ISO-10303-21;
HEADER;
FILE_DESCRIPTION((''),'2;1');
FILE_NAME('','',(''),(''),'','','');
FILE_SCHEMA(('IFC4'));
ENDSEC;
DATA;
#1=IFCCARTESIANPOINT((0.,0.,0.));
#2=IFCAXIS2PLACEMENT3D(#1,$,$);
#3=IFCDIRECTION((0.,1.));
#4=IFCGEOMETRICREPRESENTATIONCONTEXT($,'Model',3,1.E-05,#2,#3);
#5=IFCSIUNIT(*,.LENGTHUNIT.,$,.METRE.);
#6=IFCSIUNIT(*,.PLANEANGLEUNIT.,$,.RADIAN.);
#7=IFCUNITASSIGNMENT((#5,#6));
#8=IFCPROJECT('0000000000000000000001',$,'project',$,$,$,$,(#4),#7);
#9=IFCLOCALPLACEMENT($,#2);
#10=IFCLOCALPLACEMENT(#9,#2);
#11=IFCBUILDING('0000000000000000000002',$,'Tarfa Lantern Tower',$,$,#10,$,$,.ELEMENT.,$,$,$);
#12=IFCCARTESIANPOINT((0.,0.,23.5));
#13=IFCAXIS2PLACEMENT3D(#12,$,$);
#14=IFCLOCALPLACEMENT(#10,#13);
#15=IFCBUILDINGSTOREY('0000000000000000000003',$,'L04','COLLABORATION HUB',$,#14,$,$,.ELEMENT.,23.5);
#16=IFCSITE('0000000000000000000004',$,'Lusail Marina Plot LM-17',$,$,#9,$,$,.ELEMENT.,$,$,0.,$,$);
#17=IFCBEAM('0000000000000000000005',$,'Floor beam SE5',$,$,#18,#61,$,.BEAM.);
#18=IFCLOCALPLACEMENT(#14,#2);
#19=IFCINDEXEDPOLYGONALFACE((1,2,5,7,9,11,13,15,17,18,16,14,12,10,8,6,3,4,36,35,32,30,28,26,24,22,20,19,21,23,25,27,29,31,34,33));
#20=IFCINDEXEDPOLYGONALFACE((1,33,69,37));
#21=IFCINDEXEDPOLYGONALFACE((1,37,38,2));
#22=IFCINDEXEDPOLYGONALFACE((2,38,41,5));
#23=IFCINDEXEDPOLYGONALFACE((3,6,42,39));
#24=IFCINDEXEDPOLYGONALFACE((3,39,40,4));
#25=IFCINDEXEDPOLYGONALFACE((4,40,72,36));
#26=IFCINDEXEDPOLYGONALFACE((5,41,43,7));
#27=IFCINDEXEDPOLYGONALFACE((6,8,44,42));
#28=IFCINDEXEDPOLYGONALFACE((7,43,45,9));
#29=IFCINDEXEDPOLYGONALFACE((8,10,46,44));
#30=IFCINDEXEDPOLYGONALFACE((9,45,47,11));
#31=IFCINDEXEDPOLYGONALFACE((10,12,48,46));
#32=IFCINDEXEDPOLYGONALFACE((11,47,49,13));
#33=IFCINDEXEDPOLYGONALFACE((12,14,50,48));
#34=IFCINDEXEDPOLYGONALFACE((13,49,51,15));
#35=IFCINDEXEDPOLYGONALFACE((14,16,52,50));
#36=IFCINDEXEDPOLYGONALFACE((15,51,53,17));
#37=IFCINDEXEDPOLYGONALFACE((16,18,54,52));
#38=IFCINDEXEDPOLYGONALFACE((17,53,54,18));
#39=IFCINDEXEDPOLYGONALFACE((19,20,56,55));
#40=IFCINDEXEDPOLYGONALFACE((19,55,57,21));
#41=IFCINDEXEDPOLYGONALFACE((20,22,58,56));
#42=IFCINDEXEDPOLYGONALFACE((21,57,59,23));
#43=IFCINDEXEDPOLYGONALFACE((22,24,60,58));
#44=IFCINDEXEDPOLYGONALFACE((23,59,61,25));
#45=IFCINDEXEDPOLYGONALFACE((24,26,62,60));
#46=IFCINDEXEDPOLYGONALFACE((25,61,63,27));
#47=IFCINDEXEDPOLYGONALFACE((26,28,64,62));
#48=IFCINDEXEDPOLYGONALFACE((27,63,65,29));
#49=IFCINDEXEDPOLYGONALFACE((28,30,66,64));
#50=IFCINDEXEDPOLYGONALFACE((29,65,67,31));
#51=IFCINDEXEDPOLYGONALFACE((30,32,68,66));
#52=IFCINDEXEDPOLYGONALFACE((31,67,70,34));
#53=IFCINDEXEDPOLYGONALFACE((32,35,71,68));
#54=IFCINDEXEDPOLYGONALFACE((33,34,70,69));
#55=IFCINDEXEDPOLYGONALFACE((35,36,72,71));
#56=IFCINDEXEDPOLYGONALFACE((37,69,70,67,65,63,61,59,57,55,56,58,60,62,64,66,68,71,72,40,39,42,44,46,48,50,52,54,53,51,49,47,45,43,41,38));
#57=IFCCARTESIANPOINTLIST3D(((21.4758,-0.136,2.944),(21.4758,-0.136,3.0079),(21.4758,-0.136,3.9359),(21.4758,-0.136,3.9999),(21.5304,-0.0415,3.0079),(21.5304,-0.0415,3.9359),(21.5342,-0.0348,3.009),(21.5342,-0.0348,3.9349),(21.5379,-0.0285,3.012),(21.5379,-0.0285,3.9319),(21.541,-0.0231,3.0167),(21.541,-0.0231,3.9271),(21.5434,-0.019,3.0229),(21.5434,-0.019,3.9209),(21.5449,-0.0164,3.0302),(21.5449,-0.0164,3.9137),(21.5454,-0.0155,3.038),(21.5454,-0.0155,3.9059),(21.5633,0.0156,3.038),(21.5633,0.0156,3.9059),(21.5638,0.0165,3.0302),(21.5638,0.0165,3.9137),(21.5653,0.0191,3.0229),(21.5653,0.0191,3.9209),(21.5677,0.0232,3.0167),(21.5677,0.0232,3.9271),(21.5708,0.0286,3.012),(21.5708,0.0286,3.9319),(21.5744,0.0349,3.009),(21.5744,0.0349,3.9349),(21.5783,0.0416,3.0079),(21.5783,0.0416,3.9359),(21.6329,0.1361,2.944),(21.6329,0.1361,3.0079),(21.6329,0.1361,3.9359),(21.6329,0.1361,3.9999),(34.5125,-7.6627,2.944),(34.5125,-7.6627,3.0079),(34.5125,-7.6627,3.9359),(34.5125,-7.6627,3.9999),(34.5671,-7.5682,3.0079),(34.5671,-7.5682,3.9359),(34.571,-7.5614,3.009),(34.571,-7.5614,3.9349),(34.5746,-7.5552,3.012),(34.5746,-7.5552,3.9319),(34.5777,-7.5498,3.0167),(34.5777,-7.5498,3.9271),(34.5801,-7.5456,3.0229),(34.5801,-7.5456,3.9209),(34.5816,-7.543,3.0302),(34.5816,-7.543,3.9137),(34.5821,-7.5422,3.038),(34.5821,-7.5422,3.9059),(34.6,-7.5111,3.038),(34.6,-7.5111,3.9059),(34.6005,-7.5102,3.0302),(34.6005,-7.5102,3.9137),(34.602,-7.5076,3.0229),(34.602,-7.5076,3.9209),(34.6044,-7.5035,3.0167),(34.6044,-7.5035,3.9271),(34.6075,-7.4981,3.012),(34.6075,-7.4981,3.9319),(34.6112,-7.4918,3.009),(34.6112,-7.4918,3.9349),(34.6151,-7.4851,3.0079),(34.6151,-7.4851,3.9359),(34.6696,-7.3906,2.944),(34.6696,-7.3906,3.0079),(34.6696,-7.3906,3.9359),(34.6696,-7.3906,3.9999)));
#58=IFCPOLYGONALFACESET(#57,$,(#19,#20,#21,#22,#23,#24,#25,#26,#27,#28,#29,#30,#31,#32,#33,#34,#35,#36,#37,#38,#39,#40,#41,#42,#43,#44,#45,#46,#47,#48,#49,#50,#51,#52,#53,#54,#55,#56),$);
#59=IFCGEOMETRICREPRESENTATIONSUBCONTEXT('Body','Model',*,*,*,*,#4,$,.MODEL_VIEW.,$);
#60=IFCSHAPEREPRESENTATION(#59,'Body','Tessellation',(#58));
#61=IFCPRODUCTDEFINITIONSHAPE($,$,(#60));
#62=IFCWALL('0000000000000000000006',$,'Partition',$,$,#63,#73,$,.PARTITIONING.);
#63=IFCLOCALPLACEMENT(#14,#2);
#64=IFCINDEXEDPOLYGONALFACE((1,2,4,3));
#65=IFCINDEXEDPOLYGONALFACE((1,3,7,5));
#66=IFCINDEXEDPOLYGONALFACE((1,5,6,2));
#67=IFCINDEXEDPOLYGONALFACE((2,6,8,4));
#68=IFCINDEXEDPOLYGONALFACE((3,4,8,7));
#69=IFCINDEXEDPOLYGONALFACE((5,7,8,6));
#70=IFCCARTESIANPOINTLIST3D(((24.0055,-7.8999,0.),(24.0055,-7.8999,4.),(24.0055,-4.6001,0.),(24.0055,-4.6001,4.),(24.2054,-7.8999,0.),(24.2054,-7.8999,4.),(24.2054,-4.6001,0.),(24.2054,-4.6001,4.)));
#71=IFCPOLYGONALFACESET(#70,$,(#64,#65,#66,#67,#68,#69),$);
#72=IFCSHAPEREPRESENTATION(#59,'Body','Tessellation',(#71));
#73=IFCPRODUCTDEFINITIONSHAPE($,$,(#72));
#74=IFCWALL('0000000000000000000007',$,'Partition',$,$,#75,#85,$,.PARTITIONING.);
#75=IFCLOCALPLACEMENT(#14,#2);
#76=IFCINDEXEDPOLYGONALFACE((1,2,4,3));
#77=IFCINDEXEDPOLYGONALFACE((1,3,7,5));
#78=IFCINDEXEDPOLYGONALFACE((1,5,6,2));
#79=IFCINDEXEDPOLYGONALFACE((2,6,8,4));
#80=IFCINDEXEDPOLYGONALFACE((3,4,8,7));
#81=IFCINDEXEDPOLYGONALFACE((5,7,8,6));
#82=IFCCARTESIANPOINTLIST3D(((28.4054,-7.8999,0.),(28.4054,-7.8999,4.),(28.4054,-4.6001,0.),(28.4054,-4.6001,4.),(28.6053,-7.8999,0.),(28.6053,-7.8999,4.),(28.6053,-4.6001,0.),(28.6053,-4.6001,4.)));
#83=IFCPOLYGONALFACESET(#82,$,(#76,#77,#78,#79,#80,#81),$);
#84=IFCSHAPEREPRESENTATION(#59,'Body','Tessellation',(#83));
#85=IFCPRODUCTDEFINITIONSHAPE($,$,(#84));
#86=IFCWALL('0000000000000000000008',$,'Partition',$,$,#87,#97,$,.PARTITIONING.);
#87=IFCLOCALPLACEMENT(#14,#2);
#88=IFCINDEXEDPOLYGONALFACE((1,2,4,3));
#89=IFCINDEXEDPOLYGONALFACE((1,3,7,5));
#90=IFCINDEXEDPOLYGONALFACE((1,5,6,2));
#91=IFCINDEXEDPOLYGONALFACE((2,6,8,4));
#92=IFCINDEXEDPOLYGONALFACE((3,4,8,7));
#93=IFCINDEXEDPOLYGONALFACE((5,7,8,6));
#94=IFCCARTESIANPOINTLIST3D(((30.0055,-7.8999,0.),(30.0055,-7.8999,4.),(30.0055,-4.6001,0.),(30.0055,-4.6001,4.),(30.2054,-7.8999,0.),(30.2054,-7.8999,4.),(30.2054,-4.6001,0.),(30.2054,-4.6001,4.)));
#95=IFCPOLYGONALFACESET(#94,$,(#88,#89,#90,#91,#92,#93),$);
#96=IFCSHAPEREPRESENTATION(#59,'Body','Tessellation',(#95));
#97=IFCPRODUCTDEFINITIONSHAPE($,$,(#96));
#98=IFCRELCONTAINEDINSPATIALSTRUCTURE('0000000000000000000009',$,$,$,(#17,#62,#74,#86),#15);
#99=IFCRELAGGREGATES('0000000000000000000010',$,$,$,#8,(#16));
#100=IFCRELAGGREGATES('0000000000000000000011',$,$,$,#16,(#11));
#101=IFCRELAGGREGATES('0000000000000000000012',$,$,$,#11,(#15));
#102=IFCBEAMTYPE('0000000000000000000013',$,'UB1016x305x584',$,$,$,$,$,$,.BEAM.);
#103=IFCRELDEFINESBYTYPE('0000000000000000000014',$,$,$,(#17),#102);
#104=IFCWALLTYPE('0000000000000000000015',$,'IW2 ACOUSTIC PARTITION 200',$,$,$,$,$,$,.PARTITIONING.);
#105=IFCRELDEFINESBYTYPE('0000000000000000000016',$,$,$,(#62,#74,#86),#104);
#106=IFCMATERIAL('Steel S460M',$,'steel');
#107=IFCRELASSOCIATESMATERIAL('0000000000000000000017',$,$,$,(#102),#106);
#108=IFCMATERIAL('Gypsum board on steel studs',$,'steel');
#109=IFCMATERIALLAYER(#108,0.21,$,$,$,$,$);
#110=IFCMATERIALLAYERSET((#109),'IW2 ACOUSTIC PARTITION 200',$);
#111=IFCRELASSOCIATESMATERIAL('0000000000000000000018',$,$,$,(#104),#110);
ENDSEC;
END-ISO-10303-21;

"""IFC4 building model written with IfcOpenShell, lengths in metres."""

from ifc_helpers import new_model, si_unit, direction, frame, frame_2d, origin, origin_2d, place, context, subcontext, project, spatial, rectangle, i_section, extrude, material, layer, layer_set, material_profile, profile_set, type_object, element, save


model = new_model("IFC4")

# Units and contexts
model_context = context("Model", 3, precision=1e-05, world=origin(), true_north=direction((0.0, 1.0)))
body_context = subcontext(model_context, "Body", "Model", "MODEL_VIEW")
ifc_project = project(units=[si_unit("LENGTHUNIT", "METRE"), si_unit("PLANEANGLEUNIT", "RADIAN")], contexts=[model_context])

# Site, building, storey
site_placement = place(None, origin())
site = spatial("IfcSite", under=ifc_project, at=site_placement, Name="Lusail Marina Plot LM-17", CompositionType="ELEMENT", RefElevation=0.0)
building_placement = place(site_placement, origin())
building = spatial("IfcBuilding", under=site, at=building_placement, Name="Tarfa Lantern Tower", CompositionType="ELEMENT")
storey_placement = place(building_placement, frame((0.0, 0.0, 23.5)))
storey = spatial("IfcBuildingStorey", under=building, at=storey_placement, Name="L04", Description="COLLABORATION HUB", CompositionType="ELEMENT", Elevation=23.5)

# Beam
ifc_material_1 = material(Name="Steel S460M", Category="steel")
ifc_material_profile_1 = material_profile(ifc_material_1, i_section(OverallWidth=0.3142, OverallDepth=1.0559, WebThickness=0.0359, FlangeThickness=0.064, FilletRadius=0.03, at=origin_2d()), Name="UB1016x305x584")
ifc_profile_set_1 = profile_set([ifc_material_profile_1], Name="Steel S460M")
beam_type_1 = type_object("IfcBeamType", Name="UB1016x305x584", PredefinedType="BEAM", material=ifc_profile_set_1)
beam_1_placement = place(storey_placement, frame((34.5911, -7.5266, 3.4719), z_axis=(-0.866028, 0.499996, 0.0), x_axis=(-0.499996, -0.866028, 0.0)))
element("IfcBeam", 1, at=beam_1_placement, inside=storey, type_object=beam_type_1, Name="Floor beam SE5", PredefinedType="BEAM", context=body_context, shape_type="SweptSolid", body=[
    extrude(i_section(OverallWidth=0.3142, OverallDepth=1.0559, WebThickness=0.0359, FlangeThickness=0.064, FilletRadius=0.03, at=origin_2d()), origin(), (0.0, 0.0, 1.0), 15.0535),
])

# Walls
ifc_material_2 = material(Name="Gypsum board on steel studs", Category="steel")
ifc_layer = layer(ifc_material_2, 0.21)
ifc_layer_set = layer_set([ifc_layer], Name="IW2 ACOUSTIC PARTITION 200")
wall_type = type_object("IfcWallType", Name="IW2 ACOUSTIC PARTITION 200", PredefinedType="PARTITIONING", material=ifc_layer_set)
for number, where, z_axis, x_axis, name in (
    (2, (24.1055, -7.8999, 0.0), (0.0, 0.0, 1.0), (0.0, 1.0, 0.0), "Partition"),
    (3, (28.5054, -7.8999, 0.0), (0.0, 0.0, 1.0), (0.0, 1.0, 0.0), "Partition"),
    (4, (30.1055, -7.8999, 0.0), (0.0, 0.0, 1.0), (0.0, 1.0, 0.0), "Partition"),
):
    element("IfcWall", number, at=place(storey_placement, frame(where, z_axis=z_axis, x_axis=x_axis)), inside=storey, type_object=wall_type, Name=name, PredefinedType="PARTITIONING", context=body_context, shape_type="SweptSolid", body=[
        extrude(rectangle(XDim=3.2998, YDim=0.2, at=frame_2d((1.6499, 0.0))), origin(), (0.0, 0.0, 1.0), 4.0),
    ])

save(model, "model.ifc")
